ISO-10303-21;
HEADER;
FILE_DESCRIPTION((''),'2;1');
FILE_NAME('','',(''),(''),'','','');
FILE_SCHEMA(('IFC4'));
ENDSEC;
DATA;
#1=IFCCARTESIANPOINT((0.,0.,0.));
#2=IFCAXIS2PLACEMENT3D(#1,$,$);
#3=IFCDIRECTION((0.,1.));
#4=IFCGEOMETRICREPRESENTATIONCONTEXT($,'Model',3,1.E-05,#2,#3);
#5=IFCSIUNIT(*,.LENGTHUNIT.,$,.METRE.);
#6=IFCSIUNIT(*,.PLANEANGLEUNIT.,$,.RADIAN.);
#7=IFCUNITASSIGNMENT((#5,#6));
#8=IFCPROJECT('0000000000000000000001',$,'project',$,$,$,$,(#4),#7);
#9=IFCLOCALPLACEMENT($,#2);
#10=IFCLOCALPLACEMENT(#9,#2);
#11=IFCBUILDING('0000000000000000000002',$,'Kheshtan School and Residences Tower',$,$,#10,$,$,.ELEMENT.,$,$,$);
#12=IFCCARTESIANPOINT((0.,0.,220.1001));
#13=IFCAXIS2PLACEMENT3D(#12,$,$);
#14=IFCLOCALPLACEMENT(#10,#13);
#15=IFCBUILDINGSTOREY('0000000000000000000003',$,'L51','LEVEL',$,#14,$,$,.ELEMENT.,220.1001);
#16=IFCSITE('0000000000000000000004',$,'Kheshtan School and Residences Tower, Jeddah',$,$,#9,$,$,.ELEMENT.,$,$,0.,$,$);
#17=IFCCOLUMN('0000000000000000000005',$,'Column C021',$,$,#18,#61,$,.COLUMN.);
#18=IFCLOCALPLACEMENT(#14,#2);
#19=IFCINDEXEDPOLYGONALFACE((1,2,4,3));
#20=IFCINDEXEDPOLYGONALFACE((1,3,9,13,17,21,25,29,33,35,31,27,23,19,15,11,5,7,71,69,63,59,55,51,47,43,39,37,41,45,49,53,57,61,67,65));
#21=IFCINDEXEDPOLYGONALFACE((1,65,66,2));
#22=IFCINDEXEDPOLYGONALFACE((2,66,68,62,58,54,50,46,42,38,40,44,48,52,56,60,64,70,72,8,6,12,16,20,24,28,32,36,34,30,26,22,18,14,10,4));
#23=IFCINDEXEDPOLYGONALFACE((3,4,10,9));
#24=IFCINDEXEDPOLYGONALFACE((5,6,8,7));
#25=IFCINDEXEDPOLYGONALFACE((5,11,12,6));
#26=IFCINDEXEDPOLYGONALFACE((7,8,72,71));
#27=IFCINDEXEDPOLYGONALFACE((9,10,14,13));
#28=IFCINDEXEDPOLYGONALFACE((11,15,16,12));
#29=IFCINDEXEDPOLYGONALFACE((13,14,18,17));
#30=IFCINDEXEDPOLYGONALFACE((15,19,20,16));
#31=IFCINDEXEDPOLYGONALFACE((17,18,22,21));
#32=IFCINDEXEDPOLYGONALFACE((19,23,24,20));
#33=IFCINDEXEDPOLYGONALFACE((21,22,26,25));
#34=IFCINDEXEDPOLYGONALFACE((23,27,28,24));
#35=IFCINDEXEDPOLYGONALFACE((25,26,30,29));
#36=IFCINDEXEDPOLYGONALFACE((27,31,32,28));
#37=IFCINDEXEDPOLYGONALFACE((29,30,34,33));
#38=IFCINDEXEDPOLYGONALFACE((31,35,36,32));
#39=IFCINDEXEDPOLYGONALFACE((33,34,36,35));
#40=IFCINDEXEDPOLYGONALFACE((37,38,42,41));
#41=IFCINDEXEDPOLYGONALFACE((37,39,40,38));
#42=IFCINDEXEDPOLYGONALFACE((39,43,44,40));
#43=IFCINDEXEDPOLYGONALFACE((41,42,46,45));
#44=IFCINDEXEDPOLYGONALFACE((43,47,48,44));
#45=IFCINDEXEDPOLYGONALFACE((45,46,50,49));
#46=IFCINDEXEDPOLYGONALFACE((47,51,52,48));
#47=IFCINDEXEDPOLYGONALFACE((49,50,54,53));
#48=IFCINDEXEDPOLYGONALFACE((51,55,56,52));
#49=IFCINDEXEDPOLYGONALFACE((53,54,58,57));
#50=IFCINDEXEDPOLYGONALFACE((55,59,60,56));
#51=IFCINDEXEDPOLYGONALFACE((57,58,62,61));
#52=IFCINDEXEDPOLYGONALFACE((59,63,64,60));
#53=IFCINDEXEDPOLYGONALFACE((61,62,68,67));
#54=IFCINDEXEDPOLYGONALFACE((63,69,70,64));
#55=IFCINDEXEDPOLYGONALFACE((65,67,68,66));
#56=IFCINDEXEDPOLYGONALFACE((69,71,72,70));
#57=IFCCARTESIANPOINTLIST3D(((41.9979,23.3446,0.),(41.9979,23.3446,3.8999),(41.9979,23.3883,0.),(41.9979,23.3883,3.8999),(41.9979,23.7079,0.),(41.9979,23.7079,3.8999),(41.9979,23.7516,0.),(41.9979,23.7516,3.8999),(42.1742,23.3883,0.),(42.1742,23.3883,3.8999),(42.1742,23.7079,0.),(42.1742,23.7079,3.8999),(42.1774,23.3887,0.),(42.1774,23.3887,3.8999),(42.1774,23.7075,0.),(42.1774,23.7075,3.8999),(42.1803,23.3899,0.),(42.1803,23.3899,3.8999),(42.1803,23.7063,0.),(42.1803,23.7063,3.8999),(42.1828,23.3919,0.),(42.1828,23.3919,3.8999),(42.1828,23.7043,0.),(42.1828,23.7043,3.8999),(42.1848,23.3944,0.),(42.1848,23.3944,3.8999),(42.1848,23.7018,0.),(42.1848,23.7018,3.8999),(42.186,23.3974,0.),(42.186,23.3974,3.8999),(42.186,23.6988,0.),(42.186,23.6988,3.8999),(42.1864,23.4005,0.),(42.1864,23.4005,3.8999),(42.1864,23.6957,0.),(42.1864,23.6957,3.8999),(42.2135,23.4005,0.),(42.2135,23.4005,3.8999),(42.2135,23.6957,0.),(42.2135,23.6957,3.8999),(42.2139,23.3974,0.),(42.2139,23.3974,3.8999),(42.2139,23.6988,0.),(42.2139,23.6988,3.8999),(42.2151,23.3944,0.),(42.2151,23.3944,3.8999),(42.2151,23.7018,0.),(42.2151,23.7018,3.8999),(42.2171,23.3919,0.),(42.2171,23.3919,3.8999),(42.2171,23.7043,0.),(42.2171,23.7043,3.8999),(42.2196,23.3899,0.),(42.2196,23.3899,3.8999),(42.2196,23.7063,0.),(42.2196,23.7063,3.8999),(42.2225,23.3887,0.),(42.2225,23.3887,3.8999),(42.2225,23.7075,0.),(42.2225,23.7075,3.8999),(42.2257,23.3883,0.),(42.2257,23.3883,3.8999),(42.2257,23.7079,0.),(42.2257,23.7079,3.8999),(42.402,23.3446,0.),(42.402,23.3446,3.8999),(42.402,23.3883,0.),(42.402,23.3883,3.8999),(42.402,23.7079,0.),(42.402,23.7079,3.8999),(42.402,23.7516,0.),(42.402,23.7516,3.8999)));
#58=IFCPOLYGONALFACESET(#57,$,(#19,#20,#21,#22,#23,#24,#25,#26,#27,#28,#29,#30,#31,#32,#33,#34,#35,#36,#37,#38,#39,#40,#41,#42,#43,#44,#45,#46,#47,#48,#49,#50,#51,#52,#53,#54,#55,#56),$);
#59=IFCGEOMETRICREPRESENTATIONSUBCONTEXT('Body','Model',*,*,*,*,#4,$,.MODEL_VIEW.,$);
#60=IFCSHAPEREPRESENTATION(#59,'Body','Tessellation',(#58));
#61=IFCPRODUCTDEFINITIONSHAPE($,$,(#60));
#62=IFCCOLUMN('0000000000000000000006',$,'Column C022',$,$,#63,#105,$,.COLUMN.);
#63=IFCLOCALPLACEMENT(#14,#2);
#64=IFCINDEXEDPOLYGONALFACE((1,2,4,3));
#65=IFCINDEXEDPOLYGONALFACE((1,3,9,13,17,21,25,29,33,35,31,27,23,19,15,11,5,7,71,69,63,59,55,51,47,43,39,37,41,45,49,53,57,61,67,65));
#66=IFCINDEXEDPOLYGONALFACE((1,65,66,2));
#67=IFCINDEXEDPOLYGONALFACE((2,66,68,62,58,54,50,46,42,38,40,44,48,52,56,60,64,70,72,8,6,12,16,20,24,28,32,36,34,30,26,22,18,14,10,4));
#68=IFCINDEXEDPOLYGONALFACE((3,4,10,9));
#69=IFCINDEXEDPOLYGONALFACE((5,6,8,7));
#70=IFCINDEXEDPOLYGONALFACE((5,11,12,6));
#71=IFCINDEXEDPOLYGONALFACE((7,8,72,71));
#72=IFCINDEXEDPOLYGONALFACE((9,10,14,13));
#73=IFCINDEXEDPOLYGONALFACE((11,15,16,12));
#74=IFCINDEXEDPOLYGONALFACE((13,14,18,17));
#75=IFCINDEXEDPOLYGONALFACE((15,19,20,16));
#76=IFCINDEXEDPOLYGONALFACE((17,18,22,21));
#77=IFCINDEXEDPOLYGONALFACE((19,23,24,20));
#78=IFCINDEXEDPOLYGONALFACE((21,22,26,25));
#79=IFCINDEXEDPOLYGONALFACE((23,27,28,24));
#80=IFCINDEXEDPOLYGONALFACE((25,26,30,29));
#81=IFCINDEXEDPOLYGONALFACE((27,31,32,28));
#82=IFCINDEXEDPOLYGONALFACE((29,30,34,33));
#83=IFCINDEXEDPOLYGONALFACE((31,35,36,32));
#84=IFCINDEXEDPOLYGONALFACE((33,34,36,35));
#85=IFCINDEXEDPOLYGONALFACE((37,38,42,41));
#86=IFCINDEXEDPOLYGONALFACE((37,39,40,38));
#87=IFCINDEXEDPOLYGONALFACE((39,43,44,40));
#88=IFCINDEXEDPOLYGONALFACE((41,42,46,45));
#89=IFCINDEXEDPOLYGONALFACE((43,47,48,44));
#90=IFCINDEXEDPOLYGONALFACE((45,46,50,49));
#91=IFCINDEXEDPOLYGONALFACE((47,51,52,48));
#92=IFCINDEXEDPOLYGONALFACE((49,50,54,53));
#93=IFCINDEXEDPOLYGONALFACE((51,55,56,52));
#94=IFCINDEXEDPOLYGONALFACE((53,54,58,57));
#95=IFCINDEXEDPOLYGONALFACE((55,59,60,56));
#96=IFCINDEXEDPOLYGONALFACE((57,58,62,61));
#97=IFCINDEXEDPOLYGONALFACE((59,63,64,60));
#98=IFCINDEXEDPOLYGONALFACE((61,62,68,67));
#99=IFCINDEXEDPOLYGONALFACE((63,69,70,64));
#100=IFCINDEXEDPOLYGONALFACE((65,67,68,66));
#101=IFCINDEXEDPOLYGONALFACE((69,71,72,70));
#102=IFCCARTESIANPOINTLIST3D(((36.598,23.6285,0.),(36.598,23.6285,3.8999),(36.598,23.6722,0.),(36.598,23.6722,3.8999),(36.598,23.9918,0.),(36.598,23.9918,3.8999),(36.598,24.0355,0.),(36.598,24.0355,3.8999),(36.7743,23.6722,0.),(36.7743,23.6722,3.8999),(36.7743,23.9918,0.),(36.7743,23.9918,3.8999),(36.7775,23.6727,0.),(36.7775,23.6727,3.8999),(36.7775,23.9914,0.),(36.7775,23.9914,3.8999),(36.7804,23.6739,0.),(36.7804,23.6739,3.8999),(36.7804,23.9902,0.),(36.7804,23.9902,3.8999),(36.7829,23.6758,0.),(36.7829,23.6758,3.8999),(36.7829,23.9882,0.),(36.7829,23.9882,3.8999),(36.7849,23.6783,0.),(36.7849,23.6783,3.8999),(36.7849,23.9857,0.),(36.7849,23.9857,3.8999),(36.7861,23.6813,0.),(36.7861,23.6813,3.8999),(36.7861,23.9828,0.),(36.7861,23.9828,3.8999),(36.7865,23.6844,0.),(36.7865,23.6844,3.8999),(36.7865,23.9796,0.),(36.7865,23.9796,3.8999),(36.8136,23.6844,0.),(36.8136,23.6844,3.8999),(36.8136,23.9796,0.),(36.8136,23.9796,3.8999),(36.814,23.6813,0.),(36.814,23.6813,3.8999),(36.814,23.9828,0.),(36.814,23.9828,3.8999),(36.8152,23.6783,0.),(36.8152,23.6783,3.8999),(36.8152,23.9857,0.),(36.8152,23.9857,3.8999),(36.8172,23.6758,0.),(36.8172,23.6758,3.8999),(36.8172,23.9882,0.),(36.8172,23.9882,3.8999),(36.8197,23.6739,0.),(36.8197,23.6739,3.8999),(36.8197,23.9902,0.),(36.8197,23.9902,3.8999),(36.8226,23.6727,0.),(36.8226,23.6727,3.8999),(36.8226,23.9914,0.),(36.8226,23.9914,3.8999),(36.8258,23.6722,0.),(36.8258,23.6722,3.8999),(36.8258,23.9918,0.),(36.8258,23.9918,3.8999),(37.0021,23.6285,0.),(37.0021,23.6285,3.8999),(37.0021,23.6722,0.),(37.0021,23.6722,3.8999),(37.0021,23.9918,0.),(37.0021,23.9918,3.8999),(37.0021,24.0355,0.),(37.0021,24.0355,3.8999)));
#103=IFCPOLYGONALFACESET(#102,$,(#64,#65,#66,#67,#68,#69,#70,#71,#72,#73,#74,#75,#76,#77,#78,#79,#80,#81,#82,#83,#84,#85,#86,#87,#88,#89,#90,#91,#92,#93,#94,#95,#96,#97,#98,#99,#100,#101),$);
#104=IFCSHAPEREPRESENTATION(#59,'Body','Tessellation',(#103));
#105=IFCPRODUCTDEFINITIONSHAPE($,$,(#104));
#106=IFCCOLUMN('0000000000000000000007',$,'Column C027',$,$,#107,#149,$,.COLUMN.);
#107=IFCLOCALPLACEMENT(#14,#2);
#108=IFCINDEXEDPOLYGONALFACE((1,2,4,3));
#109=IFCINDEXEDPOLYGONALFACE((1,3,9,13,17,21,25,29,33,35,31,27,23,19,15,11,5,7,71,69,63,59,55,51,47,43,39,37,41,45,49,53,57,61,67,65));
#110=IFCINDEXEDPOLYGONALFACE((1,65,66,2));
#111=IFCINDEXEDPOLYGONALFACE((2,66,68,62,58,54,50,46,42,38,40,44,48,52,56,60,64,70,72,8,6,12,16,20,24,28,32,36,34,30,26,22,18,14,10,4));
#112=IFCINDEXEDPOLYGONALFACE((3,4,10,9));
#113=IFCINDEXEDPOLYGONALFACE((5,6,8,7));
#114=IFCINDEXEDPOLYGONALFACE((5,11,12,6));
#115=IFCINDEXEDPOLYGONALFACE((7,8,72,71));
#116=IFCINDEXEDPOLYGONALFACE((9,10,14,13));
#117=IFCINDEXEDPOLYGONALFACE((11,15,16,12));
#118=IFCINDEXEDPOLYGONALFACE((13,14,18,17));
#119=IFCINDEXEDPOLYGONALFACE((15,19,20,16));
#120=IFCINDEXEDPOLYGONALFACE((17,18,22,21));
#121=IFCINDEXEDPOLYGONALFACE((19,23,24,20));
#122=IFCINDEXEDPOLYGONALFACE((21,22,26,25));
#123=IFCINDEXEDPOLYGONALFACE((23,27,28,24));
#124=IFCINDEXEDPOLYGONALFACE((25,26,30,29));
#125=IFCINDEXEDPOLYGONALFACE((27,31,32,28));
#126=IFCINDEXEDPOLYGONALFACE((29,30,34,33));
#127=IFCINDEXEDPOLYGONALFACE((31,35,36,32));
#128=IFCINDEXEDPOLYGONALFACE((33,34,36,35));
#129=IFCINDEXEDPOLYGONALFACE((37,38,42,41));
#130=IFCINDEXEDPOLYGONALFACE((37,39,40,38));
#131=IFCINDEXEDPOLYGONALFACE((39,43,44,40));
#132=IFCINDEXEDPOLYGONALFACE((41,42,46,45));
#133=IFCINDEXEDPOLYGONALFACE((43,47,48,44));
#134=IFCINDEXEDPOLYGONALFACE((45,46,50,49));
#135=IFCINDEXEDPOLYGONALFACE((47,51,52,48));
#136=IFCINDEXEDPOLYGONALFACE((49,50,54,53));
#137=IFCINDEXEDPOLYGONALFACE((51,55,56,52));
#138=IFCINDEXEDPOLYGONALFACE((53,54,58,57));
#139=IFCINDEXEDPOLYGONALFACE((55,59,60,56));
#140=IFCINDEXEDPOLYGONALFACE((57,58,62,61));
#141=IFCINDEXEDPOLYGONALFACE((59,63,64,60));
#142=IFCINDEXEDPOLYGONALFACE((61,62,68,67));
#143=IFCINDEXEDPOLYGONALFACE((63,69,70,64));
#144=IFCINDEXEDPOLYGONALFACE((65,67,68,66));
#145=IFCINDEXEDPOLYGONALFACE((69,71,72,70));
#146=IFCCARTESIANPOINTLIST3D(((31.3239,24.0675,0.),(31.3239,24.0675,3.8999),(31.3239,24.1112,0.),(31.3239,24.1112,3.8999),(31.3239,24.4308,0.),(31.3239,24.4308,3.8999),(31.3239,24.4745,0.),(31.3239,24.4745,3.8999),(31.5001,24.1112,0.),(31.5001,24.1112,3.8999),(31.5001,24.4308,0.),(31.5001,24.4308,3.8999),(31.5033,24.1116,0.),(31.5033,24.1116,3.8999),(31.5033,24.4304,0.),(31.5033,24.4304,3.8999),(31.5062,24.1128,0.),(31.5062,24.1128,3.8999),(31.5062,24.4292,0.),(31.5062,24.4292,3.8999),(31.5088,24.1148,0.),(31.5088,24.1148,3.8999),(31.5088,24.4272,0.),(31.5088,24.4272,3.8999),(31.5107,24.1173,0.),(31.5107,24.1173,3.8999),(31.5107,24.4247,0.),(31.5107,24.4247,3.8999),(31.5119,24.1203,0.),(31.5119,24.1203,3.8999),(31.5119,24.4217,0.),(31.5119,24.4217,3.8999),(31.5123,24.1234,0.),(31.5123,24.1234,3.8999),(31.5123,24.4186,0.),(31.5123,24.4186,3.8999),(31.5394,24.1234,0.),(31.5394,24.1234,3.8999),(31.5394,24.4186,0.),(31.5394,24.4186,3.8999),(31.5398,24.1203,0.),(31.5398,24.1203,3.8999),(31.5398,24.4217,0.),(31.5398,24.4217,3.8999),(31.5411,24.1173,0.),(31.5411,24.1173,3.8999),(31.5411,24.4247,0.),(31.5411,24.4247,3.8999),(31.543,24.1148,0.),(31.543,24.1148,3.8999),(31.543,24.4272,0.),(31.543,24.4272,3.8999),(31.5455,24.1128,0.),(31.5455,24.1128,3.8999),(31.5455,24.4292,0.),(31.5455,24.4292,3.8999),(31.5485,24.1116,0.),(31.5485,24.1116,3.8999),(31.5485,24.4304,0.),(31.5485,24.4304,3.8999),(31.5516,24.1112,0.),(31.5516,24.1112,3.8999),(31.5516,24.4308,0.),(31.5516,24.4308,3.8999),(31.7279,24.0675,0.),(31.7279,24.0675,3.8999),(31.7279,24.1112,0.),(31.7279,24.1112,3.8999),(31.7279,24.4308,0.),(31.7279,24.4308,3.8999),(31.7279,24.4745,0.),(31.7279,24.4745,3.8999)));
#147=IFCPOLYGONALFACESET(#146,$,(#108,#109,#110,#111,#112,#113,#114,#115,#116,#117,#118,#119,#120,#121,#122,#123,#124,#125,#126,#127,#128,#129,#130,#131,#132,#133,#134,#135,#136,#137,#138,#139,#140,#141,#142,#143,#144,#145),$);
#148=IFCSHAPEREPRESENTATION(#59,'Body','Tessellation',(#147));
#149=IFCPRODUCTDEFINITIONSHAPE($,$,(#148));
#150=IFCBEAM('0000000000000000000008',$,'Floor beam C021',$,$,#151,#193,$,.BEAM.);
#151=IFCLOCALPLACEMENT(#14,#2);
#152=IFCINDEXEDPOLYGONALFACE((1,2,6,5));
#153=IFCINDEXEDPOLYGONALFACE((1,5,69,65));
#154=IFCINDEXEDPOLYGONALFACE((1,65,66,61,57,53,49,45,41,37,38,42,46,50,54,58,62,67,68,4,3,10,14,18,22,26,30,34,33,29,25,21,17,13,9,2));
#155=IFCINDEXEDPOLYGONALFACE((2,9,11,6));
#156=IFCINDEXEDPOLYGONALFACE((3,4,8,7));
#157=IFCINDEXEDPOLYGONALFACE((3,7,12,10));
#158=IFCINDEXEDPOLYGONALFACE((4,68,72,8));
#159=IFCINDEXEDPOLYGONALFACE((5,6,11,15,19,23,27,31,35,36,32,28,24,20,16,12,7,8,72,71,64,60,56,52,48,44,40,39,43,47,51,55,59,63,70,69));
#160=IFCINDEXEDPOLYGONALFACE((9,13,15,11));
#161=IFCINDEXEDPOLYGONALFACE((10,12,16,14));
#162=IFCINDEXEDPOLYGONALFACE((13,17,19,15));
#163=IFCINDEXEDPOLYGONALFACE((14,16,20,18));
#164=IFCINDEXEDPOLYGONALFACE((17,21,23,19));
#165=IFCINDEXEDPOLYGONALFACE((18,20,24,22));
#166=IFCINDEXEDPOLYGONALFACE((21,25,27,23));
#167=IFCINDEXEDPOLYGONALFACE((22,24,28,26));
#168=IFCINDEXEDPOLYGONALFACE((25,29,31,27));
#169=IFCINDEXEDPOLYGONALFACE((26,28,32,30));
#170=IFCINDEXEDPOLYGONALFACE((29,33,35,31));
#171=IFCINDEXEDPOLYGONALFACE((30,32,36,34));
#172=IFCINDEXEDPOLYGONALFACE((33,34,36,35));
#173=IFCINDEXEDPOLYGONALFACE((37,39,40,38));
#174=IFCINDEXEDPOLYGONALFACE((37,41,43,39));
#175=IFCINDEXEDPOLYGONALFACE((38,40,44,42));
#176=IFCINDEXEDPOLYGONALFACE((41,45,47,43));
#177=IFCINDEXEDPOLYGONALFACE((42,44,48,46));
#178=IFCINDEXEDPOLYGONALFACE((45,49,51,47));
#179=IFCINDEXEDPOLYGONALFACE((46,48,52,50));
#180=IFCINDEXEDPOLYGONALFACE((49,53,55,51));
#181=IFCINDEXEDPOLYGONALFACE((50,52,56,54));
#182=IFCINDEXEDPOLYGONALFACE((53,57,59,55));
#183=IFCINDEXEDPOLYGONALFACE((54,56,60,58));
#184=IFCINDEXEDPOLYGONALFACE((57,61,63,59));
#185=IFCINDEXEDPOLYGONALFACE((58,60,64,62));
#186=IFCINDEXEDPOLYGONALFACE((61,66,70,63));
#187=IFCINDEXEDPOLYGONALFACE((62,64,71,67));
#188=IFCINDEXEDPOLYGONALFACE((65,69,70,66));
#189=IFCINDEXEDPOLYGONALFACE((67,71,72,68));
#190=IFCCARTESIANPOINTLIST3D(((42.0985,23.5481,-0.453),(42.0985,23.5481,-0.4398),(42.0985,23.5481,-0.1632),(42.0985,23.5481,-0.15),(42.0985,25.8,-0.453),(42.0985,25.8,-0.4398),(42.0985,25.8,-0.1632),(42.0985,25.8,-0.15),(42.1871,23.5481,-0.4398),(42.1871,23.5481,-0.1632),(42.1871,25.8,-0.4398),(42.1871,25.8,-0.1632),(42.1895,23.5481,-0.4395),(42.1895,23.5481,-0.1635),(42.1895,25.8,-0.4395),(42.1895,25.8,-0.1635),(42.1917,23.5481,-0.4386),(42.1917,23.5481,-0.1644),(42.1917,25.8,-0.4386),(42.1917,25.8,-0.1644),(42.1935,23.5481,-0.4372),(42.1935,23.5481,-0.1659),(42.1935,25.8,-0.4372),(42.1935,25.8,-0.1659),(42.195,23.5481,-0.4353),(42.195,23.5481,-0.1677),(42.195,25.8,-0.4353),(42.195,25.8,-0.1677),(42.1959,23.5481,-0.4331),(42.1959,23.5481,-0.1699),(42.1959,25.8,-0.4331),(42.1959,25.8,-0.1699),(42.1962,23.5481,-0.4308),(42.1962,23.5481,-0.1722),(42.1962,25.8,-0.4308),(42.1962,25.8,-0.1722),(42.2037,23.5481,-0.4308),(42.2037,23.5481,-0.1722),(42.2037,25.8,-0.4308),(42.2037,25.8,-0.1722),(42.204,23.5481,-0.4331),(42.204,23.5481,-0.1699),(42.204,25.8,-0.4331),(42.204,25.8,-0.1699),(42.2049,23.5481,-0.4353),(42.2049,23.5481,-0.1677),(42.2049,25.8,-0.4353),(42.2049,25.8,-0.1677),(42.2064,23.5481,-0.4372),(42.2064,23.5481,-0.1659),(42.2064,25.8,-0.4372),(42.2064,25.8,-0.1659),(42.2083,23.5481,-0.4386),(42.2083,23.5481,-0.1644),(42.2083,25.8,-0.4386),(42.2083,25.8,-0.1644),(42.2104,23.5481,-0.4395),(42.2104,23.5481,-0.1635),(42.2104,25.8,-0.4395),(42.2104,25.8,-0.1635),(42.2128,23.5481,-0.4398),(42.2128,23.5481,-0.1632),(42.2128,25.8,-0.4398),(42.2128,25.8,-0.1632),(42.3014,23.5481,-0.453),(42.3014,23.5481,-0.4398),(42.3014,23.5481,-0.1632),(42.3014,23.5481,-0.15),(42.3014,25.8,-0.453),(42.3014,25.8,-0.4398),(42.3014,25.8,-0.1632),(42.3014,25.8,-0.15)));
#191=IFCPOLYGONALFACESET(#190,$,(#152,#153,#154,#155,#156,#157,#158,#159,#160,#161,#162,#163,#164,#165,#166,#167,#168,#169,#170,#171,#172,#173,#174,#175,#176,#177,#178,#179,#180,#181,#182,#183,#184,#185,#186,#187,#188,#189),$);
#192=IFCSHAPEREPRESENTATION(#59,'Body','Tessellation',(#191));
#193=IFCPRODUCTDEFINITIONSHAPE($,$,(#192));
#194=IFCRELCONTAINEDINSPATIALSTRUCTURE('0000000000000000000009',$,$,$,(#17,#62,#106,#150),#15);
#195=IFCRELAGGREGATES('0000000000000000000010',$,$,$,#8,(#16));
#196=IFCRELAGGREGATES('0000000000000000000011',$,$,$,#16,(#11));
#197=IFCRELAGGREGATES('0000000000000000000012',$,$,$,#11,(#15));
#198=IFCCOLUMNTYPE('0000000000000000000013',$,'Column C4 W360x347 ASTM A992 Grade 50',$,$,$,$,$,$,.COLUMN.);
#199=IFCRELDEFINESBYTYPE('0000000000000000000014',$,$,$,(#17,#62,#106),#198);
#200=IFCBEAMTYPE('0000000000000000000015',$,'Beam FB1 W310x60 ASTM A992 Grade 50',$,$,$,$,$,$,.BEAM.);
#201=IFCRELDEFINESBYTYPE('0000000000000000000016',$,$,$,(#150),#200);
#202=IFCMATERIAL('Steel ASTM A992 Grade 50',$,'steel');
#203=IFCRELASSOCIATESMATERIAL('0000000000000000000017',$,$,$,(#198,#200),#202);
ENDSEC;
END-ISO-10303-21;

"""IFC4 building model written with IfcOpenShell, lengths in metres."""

from ifc_helpers import new_model, si_unit, direction, frame, origin, origin_2d, place, context, subcontext, project, spatial, i_section, extrude, material, material_profile, profile_set, type_object, element, save


model = new_model("IFC4")

# Units and contexts
model_context = context("Model", 3, precision=1e-05, world=origin(), true_north=direction((0.0, 1.0)))
body_context = subcontext(model_context, "Body", "Model", "MODEL_VIEW")
ifc_project = project(units=[si_unit("LENGTHUNIT", "METRE"), si_unit("PLANEANGLEUNIT", "RADIAN")], contexts=[model_context])

# Site, building, storey
site_placement = place(None, origin())
site = spatial("IfcSite", under=ifc_project, at=site_placement, Name="Kheshtan School and Residences Tower, Jeddah", CompositionType="ELEMENT", RefElevation=0.0)
building_placement = place(site_placement, origin())
building = spatial("IfcBuilding", under=site, at=building_placement, Name="Kheshtan School and Residences Tower", CompositionType="ELEMENT")
storey_placement = place(building_placement, frame((0.0, 0.0, 220.1001)))
storey = spatial("IfcBuildingStorey", under=building, at=storey_placement, Name="L51", Description="LEVEL", CompositionType="ELEMENT", Elevation=220.1001)

# Columns
ifc_material_1 = material(Name="Steel ASTM A992 Grade 50", Category="steel")
ifc_material_profile_1 = material_profile(ifc_material_1, i_section(OverallWidth=0.4041, OverallDepth=0.407, WebThickness=0.0271, FlangeThickness=0.0437, FilletRadius=0.0122, at=origin_2d()), Name="W360x347")
ifc_profile_set_1 = profile_set([ifc_material_profile_1], Name="Steel ASTM A992 Grade 50")
column_type = type_object("IfcColumnType", Name="Column C4 W360x347 ASTM A992 Grade 50", PredefinedType="COLUMN", material=ifc_profile_set_1)
for number, where, z_axis, x_axis, name in (
    (1, (42.2, 23.5481, 0.0), (0.0, 0.0, 1.0), (1.0, 0.0, 0.0), "Column C021"),
    (2, (36.8, 23.832, 0.0), (0.0, 0.0, 1.0), (1.0, 0.0, 0.0), "Column C022"),
    (3, (31.5259, 24.271, 0.0), (0.0, 0.0, 1.0), (1.0, 0.0, 0.0), "Column C027"),
):
    element("IfcColumn", number, at=place(storey_placement, frame(where, z_axis=z_axis, x_axis=x_axis)), inside=storey, type_object=column_type, Name=name, PredefinedType="COLUMN", context=body_context, shape_type="SweptSolid", body=[
        extrude(i_section(OverallWidth=0.4041, OverallDepth=0.407, WebThickness=0.0271, FlangeThickness=0.0437, FilletRadius=0.0122, at=origin_2d()), origin(), (0.0, 0.0, 1.0), 3.8999),
    ])

# Beam
ifc_material_profile_2 = material_profile(ifc_material_1, i_section(OverallWidth=0.2029, OverallDepth=0.303, WebThickness=0.0076, FlangeThickness=0.0132, FilletRadius=0.009, at=origin_2d()), Name="W310x60")
ifc_profile_set_2 = profile_set([ifc_material_profile_2], Name="Steel ASTM A992 Grade 50")
beam_type_1 = type_object("IfcBeamType", Name="Beam FB1 W310x60 ASTM A992 Grade 50", PredefinedType="BEAM", material=ifc_profile_set_2)
beam_1_placement = place(storey_placement, frame((42.2, 23.5481, -0.3015), z_axis=(0.0, 1.0, 0.0), x_axis=(-1.0, 0.0, 0.0)))
element("IfcBeam", 4, at=beam_1_placement, inside=storey, type_object=beam_type_1, Name="Floor beam C021", PredefinedType="BEAM", context=body_context, shape_type="SweptSolid", body=[
    extrude(i_section(OverallWidth=0.2029, OverallDepth=0.303, WebThickness=0.0076, FlangeThickness=0.0132, FilletRadius=0.009, at=origin_2d()), origin(), (0.0, 0.0, 1.0), 2.252),
])

save(model, "model.ifc")
